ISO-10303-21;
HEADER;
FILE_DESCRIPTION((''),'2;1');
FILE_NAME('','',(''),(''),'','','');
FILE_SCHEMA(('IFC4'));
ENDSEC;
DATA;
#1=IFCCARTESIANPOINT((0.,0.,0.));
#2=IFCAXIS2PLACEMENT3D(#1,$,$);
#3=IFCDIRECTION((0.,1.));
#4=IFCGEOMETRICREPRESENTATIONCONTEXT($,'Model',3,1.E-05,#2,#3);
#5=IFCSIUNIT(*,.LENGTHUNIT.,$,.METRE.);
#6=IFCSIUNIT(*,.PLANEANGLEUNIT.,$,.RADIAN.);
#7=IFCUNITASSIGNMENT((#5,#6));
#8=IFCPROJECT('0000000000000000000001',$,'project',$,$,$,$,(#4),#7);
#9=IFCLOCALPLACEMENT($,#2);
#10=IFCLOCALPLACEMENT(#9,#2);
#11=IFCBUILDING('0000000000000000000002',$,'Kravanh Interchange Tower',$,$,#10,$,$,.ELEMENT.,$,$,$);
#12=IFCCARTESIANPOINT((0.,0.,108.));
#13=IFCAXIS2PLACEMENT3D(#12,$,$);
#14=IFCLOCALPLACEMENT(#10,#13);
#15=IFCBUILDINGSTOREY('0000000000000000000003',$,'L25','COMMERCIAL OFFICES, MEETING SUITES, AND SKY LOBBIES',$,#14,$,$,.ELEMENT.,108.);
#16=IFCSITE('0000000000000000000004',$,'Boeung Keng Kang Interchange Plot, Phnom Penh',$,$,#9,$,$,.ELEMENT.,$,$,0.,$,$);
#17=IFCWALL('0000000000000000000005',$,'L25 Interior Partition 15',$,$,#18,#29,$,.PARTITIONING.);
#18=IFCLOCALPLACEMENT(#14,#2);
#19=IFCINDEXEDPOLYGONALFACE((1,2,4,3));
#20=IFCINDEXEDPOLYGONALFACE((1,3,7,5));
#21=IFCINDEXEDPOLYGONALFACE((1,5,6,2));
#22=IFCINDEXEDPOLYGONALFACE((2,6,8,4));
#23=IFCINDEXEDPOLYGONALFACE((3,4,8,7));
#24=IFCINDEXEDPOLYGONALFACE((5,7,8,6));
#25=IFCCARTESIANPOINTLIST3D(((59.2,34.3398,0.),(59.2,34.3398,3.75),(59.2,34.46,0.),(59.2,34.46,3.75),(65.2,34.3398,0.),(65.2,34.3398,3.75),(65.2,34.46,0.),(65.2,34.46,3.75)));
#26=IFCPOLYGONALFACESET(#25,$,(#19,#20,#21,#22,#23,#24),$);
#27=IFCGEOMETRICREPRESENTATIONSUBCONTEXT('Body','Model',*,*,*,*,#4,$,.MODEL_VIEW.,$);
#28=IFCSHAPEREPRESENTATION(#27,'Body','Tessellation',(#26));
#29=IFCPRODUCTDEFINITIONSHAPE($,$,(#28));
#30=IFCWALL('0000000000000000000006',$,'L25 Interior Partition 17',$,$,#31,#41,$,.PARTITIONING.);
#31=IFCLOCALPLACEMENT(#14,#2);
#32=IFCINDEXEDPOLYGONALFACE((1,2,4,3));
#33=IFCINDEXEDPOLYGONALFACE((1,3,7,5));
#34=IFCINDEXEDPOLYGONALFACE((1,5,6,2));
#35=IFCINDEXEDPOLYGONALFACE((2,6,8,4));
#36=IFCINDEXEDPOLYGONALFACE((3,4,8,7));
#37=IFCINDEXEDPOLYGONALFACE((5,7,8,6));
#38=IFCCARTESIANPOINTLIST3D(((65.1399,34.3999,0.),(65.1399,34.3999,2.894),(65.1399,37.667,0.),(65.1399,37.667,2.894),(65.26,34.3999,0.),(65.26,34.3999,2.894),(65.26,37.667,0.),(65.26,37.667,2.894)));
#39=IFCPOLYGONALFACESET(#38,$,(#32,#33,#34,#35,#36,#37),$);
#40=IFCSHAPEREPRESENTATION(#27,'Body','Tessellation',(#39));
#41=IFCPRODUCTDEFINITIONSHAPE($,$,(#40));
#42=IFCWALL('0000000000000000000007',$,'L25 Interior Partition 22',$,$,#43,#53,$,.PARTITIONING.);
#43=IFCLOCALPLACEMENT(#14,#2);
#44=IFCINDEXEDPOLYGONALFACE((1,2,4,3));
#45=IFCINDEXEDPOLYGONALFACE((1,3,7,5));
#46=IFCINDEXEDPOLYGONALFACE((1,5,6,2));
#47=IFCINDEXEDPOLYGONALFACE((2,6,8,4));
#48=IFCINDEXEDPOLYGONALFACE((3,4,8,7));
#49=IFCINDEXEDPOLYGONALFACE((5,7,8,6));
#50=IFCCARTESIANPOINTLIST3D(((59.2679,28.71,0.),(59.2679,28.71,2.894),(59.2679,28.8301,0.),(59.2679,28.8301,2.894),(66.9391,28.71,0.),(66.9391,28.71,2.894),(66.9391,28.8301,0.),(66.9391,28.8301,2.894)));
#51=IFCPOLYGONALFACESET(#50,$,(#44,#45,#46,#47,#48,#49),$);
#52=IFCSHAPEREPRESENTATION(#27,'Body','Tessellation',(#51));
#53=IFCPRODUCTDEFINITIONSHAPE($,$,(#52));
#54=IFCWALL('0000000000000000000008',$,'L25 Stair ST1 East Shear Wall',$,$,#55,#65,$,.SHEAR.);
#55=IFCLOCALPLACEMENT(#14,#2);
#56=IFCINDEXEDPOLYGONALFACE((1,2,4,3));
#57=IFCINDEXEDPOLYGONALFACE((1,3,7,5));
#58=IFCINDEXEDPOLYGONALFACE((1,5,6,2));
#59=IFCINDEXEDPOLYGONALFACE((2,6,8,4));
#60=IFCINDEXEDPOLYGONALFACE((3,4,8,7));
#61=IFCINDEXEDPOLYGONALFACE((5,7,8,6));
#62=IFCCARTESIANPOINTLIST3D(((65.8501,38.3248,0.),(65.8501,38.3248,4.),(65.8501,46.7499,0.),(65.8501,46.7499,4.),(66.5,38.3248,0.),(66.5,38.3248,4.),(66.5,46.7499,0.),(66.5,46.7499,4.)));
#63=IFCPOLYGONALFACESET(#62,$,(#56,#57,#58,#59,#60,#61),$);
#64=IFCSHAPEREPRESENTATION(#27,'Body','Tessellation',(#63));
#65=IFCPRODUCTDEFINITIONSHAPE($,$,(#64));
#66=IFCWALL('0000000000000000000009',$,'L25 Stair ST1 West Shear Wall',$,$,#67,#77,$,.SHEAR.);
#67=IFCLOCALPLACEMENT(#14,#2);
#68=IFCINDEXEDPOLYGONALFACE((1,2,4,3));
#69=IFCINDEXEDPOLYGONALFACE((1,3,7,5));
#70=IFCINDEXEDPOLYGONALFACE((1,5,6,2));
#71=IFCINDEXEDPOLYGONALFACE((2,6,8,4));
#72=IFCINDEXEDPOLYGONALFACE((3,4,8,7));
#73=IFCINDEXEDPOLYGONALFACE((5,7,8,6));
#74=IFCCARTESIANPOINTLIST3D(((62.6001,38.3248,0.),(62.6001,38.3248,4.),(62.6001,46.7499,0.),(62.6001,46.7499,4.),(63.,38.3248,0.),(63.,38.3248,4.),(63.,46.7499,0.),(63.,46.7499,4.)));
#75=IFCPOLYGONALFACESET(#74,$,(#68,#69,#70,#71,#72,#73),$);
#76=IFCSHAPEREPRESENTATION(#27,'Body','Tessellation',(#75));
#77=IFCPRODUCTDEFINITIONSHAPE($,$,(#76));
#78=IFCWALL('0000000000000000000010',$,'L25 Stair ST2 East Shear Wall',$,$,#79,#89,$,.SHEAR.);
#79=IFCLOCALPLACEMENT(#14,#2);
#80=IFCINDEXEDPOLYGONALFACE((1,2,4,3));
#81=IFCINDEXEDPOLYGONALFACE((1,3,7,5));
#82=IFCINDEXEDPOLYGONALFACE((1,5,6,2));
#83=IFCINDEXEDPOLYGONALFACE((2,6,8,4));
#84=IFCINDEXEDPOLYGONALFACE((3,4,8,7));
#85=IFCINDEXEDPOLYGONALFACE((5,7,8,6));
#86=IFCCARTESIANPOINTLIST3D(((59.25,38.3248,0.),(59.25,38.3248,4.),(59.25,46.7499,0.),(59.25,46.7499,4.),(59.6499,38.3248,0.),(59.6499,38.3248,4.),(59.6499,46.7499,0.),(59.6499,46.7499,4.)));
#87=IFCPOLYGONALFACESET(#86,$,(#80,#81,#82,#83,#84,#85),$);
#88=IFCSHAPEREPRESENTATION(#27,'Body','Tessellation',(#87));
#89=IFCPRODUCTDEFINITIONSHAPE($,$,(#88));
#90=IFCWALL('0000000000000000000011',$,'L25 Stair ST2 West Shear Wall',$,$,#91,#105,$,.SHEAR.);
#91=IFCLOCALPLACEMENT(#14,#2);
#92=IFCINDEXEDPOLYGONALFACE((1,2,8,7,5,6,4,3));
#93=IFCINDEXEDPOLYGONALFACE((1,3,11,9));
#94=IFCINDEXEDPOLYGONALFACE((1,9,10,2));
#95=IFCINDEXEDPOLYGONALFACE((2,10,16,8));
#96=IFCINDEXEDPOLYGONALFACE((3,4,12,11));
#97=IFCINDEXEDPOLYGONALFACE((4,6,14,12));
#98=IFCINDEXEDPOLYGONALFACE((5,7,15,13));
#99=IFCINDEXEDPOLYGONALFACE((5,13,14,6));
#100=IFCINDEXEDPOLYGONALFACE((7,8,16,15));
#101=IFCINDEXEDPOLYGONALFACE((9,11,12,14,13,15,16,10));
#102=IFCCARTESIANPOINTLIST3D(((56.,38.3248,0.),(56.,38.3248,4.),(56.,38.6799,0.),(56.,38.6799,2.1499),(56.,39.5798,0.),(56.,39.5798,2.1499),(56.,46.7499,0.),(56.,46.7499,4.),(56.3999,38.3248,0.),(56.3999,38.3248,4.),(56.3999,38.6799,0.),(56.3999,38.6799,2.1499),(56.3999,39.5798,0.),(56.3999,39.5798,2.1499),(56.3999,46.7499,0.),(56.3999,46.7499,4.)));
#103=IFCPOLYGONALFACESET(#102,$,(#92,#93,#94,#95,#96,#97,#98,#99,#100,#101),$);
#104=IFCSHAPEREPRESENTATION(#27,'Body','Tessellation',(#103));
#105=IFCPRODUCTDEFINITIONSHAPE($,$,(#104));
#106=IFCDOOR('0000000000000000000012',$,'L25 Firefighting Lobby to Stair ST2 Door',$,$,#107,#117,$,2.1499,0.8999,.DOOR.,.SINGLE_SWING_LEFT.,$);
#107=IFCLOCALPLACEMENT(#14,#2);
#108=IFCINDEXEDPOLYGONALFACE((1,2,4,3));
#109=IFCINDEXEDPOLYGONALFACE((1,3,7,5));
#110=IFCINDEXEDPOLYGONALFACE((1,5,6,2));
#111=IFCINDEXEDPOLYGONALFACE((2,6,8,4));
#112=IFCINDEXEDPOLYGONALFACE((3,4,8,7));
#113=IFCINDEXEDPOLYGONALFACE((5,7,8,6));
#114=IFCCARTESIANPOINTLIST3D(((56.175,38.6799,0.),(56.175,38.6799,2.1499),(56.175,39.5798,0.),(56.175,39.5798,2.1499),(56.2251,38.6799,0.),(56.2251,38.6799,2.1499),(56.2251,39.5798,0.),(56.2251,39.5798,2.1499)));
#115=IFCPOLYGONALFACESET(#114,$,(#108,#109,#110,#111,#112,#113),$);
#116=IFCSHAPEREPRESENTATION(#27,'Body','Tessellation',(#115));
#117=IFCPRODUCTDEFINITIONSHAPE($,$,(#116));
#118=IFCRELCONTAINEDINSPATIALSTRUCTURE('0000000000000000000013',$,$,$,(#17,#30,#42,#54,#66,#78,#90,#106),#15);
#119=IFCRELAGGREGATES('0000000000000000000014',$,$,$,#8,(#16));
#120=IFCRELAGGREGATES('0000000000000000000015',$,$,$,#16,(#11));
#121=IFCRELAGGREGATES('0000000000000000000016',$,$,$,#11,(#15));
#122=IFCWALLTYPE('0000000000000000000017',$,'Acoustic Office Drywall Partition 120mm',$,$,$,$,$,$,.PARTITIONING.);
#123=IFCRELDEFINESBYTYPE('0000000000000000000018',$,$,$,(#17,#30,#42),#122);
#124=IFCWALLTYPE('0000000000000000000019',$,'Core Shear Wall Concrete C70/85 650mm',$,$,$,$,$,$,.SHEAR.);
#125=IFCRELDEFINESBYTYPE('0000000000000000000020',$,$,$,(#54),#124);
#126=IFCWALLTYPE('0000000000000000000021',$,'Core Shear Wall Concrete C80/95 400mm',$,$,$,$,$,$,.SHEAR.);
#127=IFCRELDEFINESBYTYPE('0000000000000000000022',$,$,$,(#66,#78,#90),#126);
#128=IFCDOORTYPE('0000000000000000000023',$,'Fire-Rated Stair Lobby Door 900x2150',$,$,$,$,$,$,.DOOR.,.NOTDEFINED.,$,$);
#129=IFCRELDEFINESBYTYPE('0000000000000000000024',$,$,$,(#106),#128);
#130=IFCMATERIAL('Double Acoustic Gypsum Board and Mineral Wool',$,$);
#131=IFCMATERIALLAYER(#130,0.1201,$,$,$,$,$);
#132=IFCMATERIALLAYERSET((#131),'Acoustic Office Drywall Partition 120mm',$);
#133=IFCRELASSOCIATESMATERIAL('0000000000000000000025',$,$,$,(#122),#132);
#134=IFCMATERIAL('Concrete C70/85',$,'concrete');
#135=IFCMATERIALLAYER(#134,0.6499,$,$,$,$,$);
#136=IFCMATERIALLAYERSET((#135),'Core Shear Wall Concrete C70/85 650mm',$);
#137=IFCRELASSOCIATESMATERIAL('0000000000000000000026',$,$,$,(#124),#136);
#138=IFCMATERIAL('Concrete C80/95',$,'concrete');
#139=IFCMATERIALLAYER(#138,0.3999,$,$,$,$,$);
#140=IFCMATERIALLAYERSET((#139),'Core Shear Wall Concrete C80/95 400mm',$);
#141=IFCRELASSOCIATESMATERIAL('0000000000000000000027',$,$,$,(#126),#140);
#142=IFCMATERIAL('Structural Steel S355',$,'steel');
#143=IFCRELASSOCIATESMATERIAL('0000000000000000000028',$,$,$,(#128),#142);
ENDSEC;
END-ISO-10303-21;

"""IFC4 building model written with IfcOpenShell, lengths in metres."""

from ifc_helpers import new_model, si_unit, direction, frame, frame_2d, origin, place, context, subcontext, project, spatial, rectangle, extrude, material, layer, layer_set, type_object, element, fill, save


model = new_model("IFC4")

# Units and contexts
model_context = context("Model", 3, precision=1e-05, world=origin(), true_north=direction((0.0, 1.0)))
body_context = subcontext(model_context, "Body", "Model", "MODEL_VIEW")
ifc_project = project(units=[si_unit("LENGTHUNIT", "METRE"), si_unit("PLANEANGLEUNIT", "RADIAN")], contexts=[model_context])

# Site, building, storey
site_placement = place(None, origin())
site = spatial("IfcSite", under=ifc_project, at=site_placement, Name="Boeung Keng Kang Interchange Plot, Phnom Penh", CompositionType="ELEMENT", RefElevation=0.0)
building_placement = place(site_placement, origin())
building = spatial("IfcBuilding", under=site, at=building_placement, Name="Kravanh Interchange Tower", CompositionType="ELEMENT")
storey_placement = place(building_placement, frame((0.0, 0.0, 108.0)))
storey = spatial("IfcBuildingStorey", under=building, at=storey_placement, Name="L25", Description="COMMERCIAL OFFICES, MEETING SUITES, AND SKY LOBBIES", CompositionType="ELEMENT", Elevation=108.0)

# Walls
ifc_material_1 = material(Name="Double Acoustic Gypsum Board and Mineral Wool")
ifc_layer_1 = layer(ifc_material_1, 0.1201)
ifc_layer_set_1 = layer_set([ifc_layer_1], Name="Acoustic Office Drywall Partition 120mm")
wall_type_1 = type_object("IfcWallType", Name="Acoustic Office Drywall Partition 120mm", PredefinedType="PARTITIONING", material=ifc_layer_set_1)
wall_1_placement = place(storey_placement, frame((59.2, 34.3999, 0.0), z_axis=(0.0, 0.0, 1.0), x_axis=(1.0, 0.0, 0.0)))
element("IfcWall", 1, at=wall_1_placement, inside=storey, type_object=wall_type_1, Name="L25 Interior Partition 15", PredefinedType="PARTITIONING", context=body_context, shape_type="SweptSolid", body=[
    extrude(rectangle(XDim=6.0, YDim=0.1201, at=frame_2d((3.0, 0.0))), origin(), (0.0, 0.0, 1.0), 3.75),
])
wall_2_placement = place(storey_placement, frame((65.2, 34.3999, 0.0), z_axis=(0.0, 0.0, 1.0), x_axis=(0.0, 1.0, 0.0)))
element("IfcWall", 2, at=wall_2_placement, inside=storey, type_object=wall_type_1, Name="L25 Interior Partition 17", PredefinedType="PARTITIONING", context=body_context, shape_type="SweptSolid", body=[
    extrude(rectangle(XDim=3.2671, YDim=0.1201, at=frame_2d((1.6335, 0.0))), origin(), (0.0, 0.0, 1.0), 2.894),
])
wall_3_placement = place(storey_placement, frame((59.2681, 28.77, 0.0), z_axis=(0.0, 0.0, 1.0), x_axis=(1.0, 0.0, 0.0)))
element("IfcWall", 3, at=wall_3_placement, inside=storey, type_object=wall_type_1, Name="L25 Interior Partition 22", PredefinedType="PARTITIONING", context=body_context, shape_type="SweptSolid", body=[
    extrude(rectangle(XDim=7.6711, YDim=0.1201, at=frame_2d((3.8354, 0.0))), origin(), (0.0, 0.0, 1.0), 2.894),
])
ifc_material_2 = material(Name="Concrete C70/85", Category="concrete")
ifc_layer_2 = layer(ifc_material_2, 0.6499)
ifc_layer_set_2 = layer_set([ifc_layer_2], Name="Core Shear Wall Concrete C70/85 650mm")
wall_type_2 = type_object("IfcWallType", Name="Core Shear Wall Concrete C70/85 650mm", PredefinedType="SHEAR", material=ifc_layer_set_2)
wall_4_placement = place(storey_placement, frame((66.175, 38.325, 0.0), z_axis=(0.0, 0.0, 1.0), x_axis=(0.0, 1.0, 0.0)))
element("IfcWall", 4, at=wall_4_placement, inside=storey, type_object=wall_type_2, Name="L25 Stair ST1 East Shear Wall", PredefinedType="SHEAR", context=body_context, shape_type="SweptSolid", body=[
    extrude(rectangle(XDim=8.425, YDim=0.6499, at=frame_2d((4.2124, 0.0))), origin(), (0.0, 0.0, 1.0), 4.0),
])
ifc_material_3 = material(Name="Concrete C80/95", Category="concrete")
ifc_layer_3 = layer(ifc_material_3, 0.3999)
ifc_layer_set_3 = layer_set([ifc_layer_3], Name="Core Shear Wall Concrete C80/95 400mm")
wall_type_3 = type_object("IfcWallType", Name="Core Shear Wall Concrete C80/95 400mm", PredefinedType="SHEAR", material=ifc_layer_set_3)
for number, where, z_axis, x_axis, name in (
    (5, (62.8, 38.325, 0.0), (0.0, 0.0, 1.0), (0.0, 1.0, 0.0), "L25 Stair ST1 West Shear Wall"),
    (6, (59.45, 38.325, 0.0), (0.0, 0.0, 1.0), (0.0, 1.0, 0.0), "L25 Stair ST2 East Shear Wall"),
):
    element("IfcWall", number, at=place(storey_placement, frame(where, z_axis=z_axis, x_axis=x_axis)), inside=storey, type_object=wall_type_3, Name=name, PredefinedType="SHEAR", context=body_context, shape_type="SweptSolid", body=[
        extrude(rectangle(XDim=8.425, YDim=0.3999, at=frame_2d((4.2124, 0.0))), origin(), (0.0, 0.0, 1.0), 4.0),
    ])

# Wall, opening, door
wall_5_placement = place(storey_placement, frame((56.2, 38.325, 0.0), z_axis=(0.0, 0.0, 1.0), x_axis=(0.0, 1.0, 0.0)))
wall_5 = element("IfcWall", 7, at=wall_5_placement, inside=storey, type_object=wall_type_3, Name="L25 Stair ST2 West Shear Wall", PredefinedType="SHEAR", context=body_context, shape_type="SweptSolid", body=[
    extrude(rectangle(XDim=8.425, YDim=0.3999, at=frame_2d((4.2124, 0.0))), origin(), (0.0, 0.0, 1.0), 4.0),
])
opening_1_placement = place(wall_5_placement, frame((0.355, 0.0, 0.0)))
opening_1 = element("IfcOpeningElement", 8, at=opening_1_placement, cuts=wall_5, PredefinedType="OPENING", context=body_context, shape_type="SweptSolid", body=[
    extrude(rectangle(XDim=0.8999, YDim=2.1499, at=frame_2d((0.45, 1.075))), frame((0.0, 0.21, 0.0), z_axis=(0.0, -1.0, 0.0), x_axis=(1.0, 0.0, 0.0)), (0.0, 0.0, 1.0), 0.4199),
])
ifc_material_4 = material(Name="Structural Steel S355", Category="steel")
door_type_1 = type_object("IfcDoorType", Name="Fire-Rated Stair Lobby Door 900x2150", OperationType="NOTDEFINED", PredefinedType="DOOR", material=ifc_material_4)
door_1_placement = place(opening_1_placement, origin())
door_1 = element("IfcDoor", 9, at=door_1_placement, inside=storey, type_object=door_type_1, Name="L25 Firefighting Lobby to Stair ST2 Door", OperationType="SINGLE_SWING_LEFT", OverallHeight=2.1499, OverallWidth=0.8999, PredefinedType="DOOR", context=body_context, shape_type="SweptSolid", body=[
    extrude(rectangle(XDim=0.8999, YDim=2.1499, at=frame_2d((0.45, 1.075))), frame((0.0, 0.0249, 0.0), z_axis=(0.0, -1.0, 0.0), x_axis=(1.0, 0.0, 0.0)), (0.0, 0.0, 1.0), 0.05),
])
fill(opening_1, door_1)

save(model, "model.ifc")
